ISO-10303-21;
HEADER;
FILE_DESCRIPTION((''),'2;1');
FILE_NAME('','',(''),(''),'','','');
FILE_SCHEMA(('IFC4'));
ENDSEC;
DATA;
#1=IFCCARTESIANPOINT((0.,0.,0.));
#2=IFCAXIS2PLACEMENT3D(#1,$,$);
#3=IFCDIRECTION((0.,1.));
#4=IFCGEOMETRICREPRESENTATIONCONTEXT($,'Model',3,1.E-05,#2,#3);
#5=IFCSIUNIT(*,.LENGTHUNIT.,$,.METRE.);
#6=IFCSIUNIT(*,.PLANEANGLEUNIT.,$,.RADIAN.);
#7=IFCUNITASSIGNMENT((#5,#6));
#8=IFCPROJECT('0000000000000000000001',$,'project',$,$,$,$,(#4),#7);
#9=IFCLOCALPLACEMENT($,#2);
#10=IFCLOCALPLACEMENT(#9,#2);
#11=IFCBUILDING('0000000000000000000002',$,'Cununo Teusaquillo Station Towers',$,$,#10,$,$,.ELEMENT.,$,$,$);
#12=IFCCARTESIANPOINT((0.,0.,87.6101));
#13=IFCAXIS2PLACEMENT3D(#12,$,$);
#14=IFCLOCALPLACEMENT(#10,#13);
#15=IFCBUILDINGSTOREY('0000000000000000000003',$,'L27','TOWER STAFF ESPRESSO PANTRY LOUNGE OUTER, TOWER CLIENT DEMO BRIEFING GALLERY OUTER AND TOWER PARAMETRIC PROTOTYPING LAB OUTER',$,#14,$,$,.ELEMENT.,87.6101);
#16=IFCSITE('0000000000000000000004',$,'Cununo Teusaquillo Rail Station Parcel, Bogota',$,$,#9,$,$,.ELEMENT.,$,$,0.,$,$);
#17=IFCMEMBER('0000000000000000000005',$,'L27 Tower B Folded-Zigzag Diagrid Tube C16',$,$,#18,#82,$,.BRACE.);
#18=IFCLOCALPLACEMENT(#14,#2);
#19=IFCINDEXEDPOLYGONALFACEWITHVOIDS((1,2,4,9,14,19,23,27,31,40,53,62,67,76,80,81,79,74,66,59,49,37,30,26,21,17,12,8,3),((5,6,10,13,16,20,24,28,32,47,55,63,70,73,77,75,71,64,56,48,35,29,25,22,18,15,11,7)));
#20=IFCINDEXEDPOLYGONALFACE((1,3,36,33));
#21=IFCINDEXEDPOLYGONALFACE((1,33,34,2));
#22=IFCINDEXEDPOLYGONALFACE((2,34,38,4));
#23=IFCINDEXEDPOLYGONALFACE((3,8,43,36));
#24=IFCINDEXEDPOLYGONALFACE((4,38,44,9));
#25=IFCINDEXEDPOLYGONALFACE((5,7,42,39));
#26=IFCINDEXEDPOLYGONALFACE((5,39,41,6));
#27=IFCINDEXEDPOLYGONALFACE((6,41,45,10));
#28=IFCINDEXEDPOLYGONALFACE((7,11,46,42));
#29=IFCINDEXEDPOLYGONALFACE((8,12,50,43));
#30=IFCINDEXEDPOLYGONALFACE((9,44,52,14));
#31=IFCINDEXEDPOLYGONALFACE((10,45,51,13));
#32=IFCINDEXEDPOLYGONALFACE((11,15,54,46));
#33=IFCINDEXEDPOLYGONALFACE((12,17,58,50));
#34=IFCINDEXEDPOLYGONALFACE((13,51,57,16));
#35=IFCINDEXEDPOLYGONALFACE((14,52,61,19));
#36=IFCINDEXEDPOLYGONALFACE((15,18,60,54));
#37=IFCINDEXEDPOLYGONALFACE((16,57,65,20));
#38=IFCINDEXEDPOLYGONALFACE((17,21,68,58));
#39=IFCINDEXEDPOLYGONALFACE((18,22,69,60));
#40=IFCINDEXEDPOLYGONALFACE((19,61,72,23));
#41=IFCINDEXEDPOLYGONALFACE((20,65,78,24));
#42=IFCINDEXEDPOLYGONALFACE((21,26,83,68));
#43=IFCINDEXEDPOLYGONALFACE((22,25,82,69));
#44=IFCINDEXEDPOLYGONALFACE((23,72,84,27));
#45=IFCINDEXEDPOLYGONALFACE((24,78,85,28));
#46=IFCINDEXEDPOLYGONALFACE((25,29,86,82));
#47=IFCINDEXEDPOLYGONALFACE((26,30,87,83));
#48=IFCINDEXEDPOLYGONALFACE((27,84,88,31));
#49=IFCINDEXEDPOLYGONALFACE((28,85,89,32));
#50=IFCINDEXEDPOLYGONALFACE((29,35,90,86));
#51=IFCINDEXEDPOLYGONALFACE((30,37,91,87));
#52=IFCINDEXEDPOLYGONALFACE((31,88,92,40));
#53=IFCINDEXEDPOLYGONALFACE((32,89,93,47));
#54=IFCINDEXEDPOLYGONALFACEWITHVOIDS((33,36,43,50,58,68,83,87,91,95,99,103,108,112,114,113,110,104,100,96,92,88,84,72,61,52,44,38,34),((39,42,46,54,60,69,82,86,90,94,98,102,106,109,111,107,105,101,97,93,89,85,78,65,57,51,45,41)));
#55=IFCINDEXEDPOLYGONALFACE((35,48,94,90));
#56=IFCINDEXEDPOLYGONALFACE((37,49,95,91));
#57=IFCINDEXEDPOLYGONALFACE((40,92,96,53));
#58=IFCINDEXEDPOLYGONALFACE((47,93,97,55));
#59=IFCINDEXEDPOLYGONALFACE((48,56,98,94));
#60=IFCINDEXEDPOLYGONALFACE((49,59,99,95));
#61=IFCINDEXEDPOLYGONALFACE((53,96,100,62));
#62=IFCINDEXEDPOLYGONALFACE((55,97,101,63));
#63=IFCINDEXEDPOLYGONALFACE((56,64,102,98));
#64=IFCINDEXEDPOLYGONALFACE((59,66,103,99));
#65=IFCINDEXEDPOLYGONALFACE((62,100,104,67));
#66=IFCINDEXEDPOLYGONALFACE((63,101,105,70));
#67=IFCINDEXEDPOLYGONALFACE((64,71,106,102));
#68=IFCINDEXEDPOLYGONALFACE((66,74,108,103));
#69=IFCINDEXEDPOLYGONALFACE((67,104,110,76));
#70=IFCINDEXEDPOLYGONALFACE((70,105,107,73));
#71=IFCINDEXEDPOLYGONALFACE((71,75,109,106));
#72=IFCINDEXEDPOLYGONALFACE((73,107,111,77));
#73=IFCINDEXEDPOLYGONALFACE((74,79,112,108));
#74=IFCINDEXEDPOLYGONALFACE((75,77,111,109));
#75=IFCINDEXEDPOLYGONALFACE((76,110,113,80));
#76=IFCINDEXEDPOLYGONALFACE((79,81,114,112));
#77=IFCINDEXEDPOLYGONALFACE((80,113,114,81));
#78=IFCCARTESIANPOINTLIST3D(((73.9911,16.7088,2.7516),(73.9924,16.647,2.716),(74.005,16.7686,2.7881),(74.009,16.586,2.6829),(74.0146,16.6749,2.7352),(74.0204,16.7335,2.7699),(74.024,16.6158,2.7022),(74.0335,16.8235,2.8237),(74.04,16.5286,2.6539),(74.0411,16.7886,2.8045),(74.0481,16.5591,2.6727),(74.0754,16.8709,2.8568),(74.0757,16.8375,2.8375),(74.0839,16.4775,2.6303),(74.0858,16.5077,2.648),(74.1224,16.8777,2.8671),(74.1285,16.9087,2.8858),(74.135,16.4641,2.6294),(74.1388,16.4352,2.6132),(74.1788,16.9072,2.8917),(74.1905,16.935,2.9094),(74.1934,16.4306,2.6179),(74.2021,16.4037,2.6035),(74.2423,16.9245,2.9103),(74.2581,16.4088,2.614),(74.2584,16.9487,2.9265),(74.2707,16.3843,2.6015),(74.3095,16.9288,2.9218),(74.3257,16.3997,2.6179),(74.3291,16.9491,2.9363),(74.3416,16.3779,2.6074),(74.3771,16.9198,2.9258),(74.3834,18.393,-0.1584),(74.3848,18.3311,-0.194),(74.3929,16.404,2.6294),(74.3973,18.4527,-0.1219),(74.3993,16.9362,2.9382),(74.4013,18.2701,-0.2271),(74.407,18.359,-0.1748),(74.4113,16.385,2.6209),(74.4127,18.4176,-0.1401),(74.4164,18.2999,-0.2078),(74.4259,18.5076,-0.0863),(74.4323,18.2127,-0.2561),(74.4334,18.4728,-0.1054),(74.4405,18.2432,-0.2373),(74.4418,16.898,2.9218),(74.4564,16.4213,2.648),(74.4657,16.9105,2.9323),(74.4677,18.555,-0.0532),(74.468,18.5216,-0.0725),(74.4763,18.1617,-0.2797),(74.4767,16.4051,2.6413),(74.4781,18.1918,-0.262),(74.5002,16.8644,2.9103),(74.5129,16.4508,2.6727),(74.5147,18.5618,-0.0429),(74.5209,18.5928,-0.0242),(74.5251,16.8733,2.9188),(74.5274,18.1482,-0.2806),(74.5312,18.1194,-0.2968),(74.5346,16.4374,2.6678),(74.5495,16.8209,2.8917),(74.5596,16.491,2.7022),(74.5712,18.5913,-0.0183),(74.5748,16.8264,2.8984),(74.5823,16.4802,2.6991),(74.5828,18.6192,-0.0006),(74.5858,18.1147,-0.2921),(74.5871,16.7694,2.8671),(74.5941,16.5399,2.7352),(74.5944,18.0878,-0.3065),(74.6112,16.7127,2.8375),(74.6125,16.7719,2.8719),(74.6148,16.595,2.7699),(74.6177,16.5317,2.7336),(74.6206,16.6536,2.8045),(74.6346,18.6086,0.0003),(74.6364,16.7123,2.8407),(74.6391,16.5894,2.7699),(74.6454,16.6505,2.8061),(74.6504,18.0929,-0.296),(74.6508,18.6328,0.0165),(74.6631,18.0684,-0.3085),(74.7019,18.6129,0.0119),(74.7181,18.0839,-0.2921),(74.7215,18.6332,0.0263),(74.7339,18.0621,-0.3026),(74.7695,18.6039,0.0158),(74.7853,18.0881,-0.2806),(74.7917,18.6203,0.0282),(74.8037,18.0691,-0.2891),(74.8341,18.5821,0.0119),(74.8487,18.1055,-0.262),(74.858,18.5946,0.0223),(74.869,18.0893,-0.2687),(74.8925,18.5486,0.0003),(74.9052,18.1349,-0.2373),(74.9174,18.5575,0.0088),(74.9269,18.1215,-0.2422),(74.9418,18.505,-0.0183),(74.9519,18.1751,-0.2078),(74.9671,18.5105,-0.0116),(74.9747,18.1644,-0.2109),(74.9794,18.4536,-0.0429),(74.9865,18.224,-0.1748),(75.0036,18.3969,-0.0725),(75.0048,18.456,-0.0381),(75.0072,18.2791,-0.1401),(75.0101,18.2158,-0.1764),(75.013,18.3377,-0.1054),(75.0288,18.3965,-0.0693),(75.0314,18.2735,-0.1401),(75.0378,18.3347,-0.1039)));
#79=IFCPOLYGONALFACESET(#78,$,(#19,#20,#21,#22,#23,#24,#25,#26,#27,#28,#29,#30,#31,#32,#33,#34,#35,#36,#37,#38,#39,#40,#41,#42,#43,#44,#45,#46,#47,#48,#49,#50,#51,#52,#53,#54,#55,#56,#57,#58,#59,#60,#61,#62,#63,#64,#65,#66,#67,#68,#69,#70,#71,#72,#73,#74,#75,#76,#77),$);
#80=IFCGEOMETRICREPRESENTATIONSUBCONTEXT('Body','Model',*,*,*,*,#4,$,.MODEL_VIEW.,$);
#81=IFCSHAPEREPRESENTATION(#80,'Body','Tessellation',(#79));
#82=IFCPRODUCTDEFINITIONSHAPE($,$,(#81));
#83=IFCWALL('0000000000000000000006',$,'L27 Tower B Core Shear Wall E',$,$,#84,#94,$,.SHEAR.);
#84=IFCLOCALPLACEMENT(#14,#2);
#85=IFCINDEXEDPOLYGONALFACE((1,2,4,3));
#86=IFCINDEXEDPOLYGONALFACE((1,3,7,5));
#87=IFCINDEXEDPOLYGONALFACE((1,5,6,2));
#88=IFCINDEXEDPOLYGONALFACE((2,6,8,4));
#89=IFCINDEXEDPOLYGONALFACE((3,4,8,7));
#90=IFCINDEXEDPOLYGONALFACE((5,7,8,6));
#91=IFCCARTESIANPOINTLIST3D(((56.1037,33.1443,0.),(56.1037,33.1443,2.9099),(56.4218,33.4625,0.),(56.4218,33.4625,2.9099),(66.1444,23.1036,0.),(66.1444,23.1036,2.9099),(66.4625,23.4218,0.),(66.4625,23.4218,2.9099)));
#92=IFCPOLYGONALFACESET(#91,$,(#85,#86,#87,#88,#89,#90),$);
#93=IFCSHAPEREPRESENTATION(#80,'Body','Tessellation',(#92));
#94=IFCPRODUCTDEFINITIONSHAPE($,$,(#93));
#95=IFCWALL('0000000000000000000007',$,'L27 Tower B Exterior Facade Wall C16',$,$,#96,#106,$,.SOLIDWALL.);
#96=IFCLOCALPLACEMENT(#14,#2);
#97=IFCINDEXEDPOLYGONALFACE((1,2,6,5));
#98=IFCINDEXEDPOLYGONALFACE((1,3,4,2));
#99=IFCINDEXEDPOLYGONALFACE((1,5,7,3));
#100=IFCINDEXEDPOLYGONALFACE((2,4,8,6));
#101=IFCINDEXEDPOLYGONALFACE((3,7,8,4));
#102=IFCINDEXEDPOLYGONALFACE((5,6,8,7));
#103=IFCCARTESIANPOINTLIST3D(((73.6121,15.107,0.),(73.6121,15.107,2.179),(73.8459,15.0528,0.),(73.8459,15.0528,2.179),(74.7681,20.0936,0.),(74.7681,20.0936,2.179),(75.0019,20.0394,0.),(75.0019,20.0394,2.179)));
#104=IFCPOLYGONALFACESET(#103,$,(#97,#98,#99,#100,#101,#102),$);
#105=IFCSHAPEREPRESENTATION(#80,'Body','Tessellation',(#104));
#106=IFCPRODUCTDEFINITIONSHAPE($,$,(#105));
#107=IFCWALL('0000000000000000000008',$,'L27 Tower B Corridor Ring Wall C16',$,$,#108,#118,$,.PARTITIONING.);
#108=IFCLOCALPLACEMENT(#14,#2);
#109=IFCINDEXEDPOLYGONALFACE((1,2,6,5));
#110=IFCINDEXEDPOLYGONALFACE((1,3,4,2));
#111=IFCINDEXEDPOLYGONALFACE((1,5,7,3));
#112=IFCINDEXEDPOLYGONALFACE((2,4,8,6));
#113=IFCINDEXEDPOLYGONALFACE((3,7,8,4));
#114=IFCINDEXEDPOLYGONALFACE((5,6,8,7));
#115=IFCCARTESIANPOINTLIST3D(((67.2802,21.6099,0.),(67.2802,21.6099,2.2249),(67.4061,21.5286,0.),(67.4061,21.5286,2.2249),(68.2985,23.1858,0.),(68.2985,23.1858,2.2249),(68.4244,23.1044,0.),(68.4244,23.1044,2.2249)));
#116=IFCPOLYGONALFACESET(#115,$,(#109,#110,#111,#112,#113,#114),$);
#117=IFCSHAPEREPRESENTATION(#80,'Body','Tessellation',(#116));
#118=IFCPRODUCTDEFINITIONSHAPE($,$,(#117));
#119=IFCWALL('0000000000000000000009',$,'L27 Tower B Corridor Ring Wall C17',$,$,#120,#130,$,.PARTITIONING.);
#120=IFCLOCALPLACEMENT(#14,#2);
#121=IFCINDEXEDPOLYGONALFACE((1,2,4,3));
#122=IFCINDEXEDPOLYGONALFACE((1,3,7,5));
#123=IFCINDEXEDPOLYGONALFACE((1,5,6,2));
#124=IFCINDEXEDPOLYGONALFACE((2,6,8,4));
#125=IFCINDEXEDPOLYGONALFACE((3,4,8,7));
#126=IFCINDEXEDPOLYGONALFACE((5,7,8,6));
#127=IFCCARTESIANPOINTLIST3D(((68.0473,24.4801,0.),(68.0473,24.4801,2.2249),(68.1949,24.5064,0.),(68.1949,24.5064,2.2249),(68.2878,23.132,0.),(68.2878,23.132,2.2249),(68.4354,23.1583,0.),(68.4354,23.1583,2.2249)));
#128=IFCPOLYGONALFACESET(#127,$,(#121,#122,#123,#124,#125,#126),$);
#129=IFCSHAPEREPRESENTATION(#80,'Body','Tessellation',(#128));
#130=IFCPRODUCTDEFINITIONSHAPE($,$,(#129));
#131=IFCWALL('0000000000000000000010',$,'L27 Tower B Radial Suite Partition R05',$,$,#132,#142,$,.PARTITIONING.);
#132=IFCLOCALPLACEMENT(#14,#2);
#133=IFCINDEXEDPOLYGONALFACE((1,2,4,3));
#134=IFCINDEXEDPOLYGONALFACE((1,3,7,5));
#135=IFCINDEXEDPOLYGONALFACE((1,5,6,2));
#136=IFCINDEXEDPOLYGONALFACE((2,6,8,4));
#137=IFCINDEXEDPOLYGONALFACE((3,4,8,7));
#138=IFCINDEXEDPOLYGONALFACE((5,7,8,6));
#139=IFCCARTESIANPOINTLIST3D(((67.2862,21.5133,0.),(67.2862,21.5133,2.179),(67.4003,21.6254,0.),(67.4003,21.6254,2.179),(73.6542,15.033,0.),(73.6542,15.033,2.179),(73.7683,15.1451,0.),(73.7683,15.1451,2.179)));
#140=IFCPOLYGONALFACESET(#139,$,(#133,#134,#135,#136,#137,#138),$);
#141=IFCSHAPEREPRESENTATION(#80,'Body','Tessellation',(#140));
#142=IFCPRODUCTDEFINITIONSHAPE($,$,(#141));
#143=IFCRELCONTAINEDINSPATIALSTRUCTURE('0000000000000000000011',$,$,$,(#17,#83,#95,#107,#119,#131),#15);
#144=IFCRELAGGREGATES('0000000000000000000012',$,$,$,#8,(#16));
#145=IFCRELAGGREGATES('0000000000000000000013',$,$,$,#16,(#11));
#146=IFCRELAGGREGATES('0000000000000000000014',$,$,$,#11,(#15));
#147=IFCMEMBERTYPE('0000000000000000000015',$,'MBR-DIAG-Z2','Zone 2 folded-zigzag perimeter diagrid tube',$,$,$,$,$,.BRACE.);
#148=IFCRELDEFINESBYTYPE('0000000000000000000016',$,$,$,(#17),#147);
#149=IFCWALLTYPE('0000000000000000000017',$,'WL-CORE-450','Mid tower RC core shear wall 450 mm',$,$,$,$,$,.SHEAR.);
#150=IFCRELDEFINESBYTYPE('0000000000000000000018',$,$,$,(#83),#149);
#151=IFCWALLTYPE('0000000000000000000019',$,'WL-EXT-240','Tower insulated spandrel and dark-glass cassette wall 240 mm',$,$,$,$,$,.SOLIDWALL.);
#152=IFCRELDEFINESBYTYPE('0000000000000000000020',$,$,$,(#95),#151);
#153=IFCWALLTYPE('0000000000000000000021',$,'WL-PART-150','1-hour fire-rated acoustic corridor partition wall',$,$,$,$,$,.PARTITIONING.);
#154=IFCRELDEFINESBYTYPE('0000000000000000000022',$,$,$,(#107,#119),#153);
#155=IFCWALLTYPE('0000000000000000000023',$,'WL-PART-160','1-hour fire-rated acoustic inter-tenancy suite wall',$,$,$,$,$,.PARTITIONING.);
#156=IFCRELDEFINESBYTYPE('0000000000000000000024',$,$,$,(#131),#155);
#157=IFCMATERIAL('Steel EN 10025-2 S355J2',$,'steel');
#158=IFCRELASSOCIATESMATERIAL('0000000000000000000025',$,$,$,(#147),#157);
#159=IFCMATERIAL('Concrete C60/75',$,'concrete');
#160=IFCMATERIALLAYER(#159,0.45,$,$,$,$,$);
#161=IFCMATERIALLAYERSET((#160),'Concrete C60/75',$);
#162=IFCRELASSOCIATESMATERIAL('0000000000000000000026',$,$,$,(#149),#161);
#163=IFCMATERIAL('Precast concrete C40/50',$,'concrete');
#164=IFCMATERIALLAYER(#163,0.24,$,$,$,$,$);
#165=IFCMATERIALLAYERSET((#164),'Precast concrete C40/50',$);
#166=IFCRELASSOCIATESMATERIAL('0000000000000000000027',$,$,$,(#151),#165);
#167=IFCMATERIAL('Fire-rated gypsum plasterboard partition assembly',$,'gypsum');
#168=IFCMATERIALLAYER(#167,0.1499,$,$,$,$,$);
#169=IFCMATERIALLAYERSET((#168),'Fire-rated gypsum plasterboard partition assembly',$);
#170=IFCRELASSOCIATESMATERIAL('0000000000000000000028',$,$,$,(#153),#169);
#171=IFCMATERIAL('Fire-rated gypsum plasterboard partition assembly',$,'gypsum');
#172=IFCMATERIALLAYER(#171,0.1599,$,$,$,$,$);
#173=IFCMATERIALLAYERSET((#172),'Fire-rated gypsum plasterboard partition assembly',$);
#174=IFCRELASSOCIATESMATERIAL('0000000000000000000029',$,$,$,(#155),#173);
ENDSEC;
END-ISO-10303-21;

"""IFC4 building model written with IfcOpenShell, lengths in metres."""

from ifc_helpers import new_model, si_unit, direction, frame, frame_2d, origin, origin_2d, place, context, subcontext, project, spatial, rectangle, hollow_circle, extrude, material, layer, layer_set, material_profile, profile_set, type_object, element, save


model = new_model("IFC4")

# Units and contexts
model_context = context("Model", 3, precision=1e-05, world=origin(), true_north=direction((0.0, 1.0)))
body_context = subcontext(model_context, "Body", "Model", "MODEL_VIEW")
ifc_project = project(units=[si_unit("LENGTHUNIT", "METRE"), si_unit("PLANEANGLEUNIT", "RADIAN")], contexts=[model_context])

# Site, building, storey
site_placement = place(None, origin())
site = spatial("IfcSite", under=ifc_project, at=site_placement, Name="Cununo Teusaquillo Rail Station Parcel, Bogota", CompositionType="ELEMENT", RefElevation=0.0)
building_placement = place(site_placement, origin())
building = spatial("IfcBuilding", under=site, at=building_placement, Name="Cununo Teusaquillo Station Towers", CompositionType="ELEMENT")
storey_placement = place(building_placement, frame((0.0, 0.0, 87.6101)))
storey = spatial("IfcBuildingStorey", under=building, at=storey_placement, Name="L27", Description="TOWER STAFF ESPRESSO PANTRY LOUNGE OUTER, TOWER CLIENT DEMO BRIEFING GALLERY OUTER AND TOWER PARAMETRIC PROTOTYPING LAB OUTER", CompositionType="ELEMENT", Elevation=87.6101)

# Member
ifc_material_1 = material(Name="Steel EN 10025-2 S355J2", Category="steel")
ifc_material_profile_1 = material_profile(ifc_material_1, hollow_circle(Radius=0.3301, WallThickness=0.0249, at=origin_2d()), Name="CHS 660x25")
ifc_profile_set_1 = profile_set([ifc_material_profile_1], Name="Steel EN 10025-2 S355J2")
member_type = type_object("IfcMemberType", Name="MBR-DIAG-Z2", Description="Zone 2 folded-zigzag perimeter diagrid tube", PredefinedType="BRACE", material=ifc_profile_set_1)
member_placement = place(storey_placement, frame((74.71, 18.3484, -0.1401), z_axis=(-0.115907, -0.497526, 0.859671), x_axis=(0.97392, -0.22689, 0.0)))
element("IfcMember", 1, at=member_placement, inside=storey, type_object=member_type, Name="L27 Tower B Folded-Zigzag Diagrid Tube C16", PredefinedType="BRACE", context=body_context, shape_type="SweptSolid", body=[
    extrude(hollow_circle(Radius=0.3301, WallThickness=0.0249, at=origin_2d()), origin(), (0.0, 0.0, 1.0), 3.385),
])

# Walls
ifc_material_2 = material(Name="Concrete C60/75", Category="concrete")
ifc_layer_1 = layer(ifc_material_2, 0.45)
ifc_layer_set_1 = layer_set([ifc_layer_1], Name="Concrete C60/75")
wall_type_1 = type_object("IfcWallType", Name="WL-CORE-450", Description="Mid tower RC core shear wall 450 mm", PredefinedType="SHEAR", material=ifc_layer_set_1)
wall_1_placement = place(storey_placement, frame((66.3035, 23.2627, 0.0), z_axis=(0.0, 0.0, 1.0), x_axis=(-0.707107, 0.707107, 0.0)))
element("IfcWall", 2, at=wall_1_placement, inside=storey, type_object=wall_type_1, Name="L27 Tower B Core Shear Wall E", PredefinedType="SHEAR", context=body_context, shape_type="SweptSolid", body=[
    extrude(rectangle(XDim=14.1997, YDim=0.45, at=frame_2d((7.0999, 0.0))), origin(), (0.0, 0.0, 1.0), 2.9099),
])
ifc_material_3 = material(Name="Precast concrete C40/50", Category="concrete")
ifc_layer_2 = layer(ifc_material_3, 0.24)
ifc_layer_set_2 = layer_set([ifc_layer_2], Name="Precast concrete C40/50")
wall_type_2 = type_object("IfcWallType", Name="WL-EXT-240", Description="Tower insulated spandrel and dark-glass cassette wall 240 mm", PredefinedType="SOLIDWALL", material=ifc_layer_set_2)
wall_2_placement = place(storey_placement, frame((74.885, 20.0667, 0.0), z_axis=(0.0, 0.0, 1.0), x_axis=(-0.225835, -0.974166, 0.0)))
element("IfcWall", 3, at=wall_2_placement, inside=storey, type_object=wall_type_2, Name="L27 Tower B Exterior Facade Wall C16", PredefinedType="SOLIDWALL", context=body_context, shape_type="SweptSolid", body=[
    extrude(rectangle(XDim=5.1189, YDim=0.24, at=frame_2d((2.5596, 0.0))), origin(), (0.0, 0.0, 1.0), 2.179),
])
ifc_material_4 = material(Name="Fire-rated gypsum plasterboard partition assembly", Category="gypsum")
ifc_layer_3 = layer(ifc_material_4, 0.1499)
ifc_layer_set_3 = layer_set([ifc_layer_3], Name="Fire-rated gypsum plasterboard partition assembly")
wall_type_3 = type_object("IfcWallType", Name="WL-PART-150", Description="1-hour fire-rated acoustic corridor partition wall", PredefinedType="PARTITIONING", material=ifc_layer_set_3)
wall_3_placement = place(storey_placement, frame((67.3433, 21.5693, 0.0), z_axis=(0.0, 0.0, 1.0), x_axis=(0.542722, 0.839912, 0.0)))
element("IfcWall", 4, at=wall_3_placement, inside=storey, type_object=wall_type_3, Name="L27 Tower B Corridor Ring Wall C16", PredefinedType="PARTITIONING", context=body_context, shape_type="SweptSolid", body=[
    extrude(rectangle(XDim=1.8762, YDim=0.1499, at=frame_2d((0.938, 0.0))), origin(), (0.0, 0.0, 1.0), 2.2249),
])
wall_4_placement = place(storey_placement, frame((68.3616, 23.1453, 0.0), z_axis=(0.0, 0.0, 1.0), x_axis=(-0.175606, 0.984461, 0.0)))
element("IfcWall", 5, at=wall_4_placement, inside=storey, type_object=wall_type_3, Name="L27 Tower B Corridor Ring Wall C17", PredefinedType="PARTITIONING", context=body_context, shape_type="SweptSolid", body=[
    extrude(rectangle(XDim=1.3694, YDim=0.1499, at=frame_2d((0.6846, 0.0))), origin(), (0.0, 0.0, 1.0), 2.2249),
])
ifc_material_5 = material(Name="Fire-rated gypsum plasterboard partition assembly", Category="gypsum")
ifc_layer_4 = layer(ifc_material_5, 0.1599)
ifc_layer_set_4 = layer_set([ifc_layer_4], Name="Fire-rated gypsum plasterboard partition assembly")
wall_type_4 = type_object("IfcWallType", Name="WL-PART-160", Description="1-hour fire-rated acoustic inter-tenancy suite wall", PredefinedType="PARTITIONING", material=ifc_layer_set_4)
wall_5_placement = place(storey_placement, frame((67.3433, 21.5693, 0.0), z_axis=(0.0, 0.0, 1.0), x_axis=(0.700899, -0.71326, 0.0)))
element("IfcWall", 6, at=wall_5_placement, inside=storey, type_object=wall_type_4, Name="L27 Tower B Radial Suite Partition R05", PredefinedType="PARTITIONING", context=body_context, shape_type="SweptSolid", body=[
    extrude(rectangle(XDim=9.0854, YDim=0.1599, at=frame_2d((4.5427, 0.0))), origin(), (0.0, 0.0, 1.0), 2.179),
])

save(model, "model.ifc")
